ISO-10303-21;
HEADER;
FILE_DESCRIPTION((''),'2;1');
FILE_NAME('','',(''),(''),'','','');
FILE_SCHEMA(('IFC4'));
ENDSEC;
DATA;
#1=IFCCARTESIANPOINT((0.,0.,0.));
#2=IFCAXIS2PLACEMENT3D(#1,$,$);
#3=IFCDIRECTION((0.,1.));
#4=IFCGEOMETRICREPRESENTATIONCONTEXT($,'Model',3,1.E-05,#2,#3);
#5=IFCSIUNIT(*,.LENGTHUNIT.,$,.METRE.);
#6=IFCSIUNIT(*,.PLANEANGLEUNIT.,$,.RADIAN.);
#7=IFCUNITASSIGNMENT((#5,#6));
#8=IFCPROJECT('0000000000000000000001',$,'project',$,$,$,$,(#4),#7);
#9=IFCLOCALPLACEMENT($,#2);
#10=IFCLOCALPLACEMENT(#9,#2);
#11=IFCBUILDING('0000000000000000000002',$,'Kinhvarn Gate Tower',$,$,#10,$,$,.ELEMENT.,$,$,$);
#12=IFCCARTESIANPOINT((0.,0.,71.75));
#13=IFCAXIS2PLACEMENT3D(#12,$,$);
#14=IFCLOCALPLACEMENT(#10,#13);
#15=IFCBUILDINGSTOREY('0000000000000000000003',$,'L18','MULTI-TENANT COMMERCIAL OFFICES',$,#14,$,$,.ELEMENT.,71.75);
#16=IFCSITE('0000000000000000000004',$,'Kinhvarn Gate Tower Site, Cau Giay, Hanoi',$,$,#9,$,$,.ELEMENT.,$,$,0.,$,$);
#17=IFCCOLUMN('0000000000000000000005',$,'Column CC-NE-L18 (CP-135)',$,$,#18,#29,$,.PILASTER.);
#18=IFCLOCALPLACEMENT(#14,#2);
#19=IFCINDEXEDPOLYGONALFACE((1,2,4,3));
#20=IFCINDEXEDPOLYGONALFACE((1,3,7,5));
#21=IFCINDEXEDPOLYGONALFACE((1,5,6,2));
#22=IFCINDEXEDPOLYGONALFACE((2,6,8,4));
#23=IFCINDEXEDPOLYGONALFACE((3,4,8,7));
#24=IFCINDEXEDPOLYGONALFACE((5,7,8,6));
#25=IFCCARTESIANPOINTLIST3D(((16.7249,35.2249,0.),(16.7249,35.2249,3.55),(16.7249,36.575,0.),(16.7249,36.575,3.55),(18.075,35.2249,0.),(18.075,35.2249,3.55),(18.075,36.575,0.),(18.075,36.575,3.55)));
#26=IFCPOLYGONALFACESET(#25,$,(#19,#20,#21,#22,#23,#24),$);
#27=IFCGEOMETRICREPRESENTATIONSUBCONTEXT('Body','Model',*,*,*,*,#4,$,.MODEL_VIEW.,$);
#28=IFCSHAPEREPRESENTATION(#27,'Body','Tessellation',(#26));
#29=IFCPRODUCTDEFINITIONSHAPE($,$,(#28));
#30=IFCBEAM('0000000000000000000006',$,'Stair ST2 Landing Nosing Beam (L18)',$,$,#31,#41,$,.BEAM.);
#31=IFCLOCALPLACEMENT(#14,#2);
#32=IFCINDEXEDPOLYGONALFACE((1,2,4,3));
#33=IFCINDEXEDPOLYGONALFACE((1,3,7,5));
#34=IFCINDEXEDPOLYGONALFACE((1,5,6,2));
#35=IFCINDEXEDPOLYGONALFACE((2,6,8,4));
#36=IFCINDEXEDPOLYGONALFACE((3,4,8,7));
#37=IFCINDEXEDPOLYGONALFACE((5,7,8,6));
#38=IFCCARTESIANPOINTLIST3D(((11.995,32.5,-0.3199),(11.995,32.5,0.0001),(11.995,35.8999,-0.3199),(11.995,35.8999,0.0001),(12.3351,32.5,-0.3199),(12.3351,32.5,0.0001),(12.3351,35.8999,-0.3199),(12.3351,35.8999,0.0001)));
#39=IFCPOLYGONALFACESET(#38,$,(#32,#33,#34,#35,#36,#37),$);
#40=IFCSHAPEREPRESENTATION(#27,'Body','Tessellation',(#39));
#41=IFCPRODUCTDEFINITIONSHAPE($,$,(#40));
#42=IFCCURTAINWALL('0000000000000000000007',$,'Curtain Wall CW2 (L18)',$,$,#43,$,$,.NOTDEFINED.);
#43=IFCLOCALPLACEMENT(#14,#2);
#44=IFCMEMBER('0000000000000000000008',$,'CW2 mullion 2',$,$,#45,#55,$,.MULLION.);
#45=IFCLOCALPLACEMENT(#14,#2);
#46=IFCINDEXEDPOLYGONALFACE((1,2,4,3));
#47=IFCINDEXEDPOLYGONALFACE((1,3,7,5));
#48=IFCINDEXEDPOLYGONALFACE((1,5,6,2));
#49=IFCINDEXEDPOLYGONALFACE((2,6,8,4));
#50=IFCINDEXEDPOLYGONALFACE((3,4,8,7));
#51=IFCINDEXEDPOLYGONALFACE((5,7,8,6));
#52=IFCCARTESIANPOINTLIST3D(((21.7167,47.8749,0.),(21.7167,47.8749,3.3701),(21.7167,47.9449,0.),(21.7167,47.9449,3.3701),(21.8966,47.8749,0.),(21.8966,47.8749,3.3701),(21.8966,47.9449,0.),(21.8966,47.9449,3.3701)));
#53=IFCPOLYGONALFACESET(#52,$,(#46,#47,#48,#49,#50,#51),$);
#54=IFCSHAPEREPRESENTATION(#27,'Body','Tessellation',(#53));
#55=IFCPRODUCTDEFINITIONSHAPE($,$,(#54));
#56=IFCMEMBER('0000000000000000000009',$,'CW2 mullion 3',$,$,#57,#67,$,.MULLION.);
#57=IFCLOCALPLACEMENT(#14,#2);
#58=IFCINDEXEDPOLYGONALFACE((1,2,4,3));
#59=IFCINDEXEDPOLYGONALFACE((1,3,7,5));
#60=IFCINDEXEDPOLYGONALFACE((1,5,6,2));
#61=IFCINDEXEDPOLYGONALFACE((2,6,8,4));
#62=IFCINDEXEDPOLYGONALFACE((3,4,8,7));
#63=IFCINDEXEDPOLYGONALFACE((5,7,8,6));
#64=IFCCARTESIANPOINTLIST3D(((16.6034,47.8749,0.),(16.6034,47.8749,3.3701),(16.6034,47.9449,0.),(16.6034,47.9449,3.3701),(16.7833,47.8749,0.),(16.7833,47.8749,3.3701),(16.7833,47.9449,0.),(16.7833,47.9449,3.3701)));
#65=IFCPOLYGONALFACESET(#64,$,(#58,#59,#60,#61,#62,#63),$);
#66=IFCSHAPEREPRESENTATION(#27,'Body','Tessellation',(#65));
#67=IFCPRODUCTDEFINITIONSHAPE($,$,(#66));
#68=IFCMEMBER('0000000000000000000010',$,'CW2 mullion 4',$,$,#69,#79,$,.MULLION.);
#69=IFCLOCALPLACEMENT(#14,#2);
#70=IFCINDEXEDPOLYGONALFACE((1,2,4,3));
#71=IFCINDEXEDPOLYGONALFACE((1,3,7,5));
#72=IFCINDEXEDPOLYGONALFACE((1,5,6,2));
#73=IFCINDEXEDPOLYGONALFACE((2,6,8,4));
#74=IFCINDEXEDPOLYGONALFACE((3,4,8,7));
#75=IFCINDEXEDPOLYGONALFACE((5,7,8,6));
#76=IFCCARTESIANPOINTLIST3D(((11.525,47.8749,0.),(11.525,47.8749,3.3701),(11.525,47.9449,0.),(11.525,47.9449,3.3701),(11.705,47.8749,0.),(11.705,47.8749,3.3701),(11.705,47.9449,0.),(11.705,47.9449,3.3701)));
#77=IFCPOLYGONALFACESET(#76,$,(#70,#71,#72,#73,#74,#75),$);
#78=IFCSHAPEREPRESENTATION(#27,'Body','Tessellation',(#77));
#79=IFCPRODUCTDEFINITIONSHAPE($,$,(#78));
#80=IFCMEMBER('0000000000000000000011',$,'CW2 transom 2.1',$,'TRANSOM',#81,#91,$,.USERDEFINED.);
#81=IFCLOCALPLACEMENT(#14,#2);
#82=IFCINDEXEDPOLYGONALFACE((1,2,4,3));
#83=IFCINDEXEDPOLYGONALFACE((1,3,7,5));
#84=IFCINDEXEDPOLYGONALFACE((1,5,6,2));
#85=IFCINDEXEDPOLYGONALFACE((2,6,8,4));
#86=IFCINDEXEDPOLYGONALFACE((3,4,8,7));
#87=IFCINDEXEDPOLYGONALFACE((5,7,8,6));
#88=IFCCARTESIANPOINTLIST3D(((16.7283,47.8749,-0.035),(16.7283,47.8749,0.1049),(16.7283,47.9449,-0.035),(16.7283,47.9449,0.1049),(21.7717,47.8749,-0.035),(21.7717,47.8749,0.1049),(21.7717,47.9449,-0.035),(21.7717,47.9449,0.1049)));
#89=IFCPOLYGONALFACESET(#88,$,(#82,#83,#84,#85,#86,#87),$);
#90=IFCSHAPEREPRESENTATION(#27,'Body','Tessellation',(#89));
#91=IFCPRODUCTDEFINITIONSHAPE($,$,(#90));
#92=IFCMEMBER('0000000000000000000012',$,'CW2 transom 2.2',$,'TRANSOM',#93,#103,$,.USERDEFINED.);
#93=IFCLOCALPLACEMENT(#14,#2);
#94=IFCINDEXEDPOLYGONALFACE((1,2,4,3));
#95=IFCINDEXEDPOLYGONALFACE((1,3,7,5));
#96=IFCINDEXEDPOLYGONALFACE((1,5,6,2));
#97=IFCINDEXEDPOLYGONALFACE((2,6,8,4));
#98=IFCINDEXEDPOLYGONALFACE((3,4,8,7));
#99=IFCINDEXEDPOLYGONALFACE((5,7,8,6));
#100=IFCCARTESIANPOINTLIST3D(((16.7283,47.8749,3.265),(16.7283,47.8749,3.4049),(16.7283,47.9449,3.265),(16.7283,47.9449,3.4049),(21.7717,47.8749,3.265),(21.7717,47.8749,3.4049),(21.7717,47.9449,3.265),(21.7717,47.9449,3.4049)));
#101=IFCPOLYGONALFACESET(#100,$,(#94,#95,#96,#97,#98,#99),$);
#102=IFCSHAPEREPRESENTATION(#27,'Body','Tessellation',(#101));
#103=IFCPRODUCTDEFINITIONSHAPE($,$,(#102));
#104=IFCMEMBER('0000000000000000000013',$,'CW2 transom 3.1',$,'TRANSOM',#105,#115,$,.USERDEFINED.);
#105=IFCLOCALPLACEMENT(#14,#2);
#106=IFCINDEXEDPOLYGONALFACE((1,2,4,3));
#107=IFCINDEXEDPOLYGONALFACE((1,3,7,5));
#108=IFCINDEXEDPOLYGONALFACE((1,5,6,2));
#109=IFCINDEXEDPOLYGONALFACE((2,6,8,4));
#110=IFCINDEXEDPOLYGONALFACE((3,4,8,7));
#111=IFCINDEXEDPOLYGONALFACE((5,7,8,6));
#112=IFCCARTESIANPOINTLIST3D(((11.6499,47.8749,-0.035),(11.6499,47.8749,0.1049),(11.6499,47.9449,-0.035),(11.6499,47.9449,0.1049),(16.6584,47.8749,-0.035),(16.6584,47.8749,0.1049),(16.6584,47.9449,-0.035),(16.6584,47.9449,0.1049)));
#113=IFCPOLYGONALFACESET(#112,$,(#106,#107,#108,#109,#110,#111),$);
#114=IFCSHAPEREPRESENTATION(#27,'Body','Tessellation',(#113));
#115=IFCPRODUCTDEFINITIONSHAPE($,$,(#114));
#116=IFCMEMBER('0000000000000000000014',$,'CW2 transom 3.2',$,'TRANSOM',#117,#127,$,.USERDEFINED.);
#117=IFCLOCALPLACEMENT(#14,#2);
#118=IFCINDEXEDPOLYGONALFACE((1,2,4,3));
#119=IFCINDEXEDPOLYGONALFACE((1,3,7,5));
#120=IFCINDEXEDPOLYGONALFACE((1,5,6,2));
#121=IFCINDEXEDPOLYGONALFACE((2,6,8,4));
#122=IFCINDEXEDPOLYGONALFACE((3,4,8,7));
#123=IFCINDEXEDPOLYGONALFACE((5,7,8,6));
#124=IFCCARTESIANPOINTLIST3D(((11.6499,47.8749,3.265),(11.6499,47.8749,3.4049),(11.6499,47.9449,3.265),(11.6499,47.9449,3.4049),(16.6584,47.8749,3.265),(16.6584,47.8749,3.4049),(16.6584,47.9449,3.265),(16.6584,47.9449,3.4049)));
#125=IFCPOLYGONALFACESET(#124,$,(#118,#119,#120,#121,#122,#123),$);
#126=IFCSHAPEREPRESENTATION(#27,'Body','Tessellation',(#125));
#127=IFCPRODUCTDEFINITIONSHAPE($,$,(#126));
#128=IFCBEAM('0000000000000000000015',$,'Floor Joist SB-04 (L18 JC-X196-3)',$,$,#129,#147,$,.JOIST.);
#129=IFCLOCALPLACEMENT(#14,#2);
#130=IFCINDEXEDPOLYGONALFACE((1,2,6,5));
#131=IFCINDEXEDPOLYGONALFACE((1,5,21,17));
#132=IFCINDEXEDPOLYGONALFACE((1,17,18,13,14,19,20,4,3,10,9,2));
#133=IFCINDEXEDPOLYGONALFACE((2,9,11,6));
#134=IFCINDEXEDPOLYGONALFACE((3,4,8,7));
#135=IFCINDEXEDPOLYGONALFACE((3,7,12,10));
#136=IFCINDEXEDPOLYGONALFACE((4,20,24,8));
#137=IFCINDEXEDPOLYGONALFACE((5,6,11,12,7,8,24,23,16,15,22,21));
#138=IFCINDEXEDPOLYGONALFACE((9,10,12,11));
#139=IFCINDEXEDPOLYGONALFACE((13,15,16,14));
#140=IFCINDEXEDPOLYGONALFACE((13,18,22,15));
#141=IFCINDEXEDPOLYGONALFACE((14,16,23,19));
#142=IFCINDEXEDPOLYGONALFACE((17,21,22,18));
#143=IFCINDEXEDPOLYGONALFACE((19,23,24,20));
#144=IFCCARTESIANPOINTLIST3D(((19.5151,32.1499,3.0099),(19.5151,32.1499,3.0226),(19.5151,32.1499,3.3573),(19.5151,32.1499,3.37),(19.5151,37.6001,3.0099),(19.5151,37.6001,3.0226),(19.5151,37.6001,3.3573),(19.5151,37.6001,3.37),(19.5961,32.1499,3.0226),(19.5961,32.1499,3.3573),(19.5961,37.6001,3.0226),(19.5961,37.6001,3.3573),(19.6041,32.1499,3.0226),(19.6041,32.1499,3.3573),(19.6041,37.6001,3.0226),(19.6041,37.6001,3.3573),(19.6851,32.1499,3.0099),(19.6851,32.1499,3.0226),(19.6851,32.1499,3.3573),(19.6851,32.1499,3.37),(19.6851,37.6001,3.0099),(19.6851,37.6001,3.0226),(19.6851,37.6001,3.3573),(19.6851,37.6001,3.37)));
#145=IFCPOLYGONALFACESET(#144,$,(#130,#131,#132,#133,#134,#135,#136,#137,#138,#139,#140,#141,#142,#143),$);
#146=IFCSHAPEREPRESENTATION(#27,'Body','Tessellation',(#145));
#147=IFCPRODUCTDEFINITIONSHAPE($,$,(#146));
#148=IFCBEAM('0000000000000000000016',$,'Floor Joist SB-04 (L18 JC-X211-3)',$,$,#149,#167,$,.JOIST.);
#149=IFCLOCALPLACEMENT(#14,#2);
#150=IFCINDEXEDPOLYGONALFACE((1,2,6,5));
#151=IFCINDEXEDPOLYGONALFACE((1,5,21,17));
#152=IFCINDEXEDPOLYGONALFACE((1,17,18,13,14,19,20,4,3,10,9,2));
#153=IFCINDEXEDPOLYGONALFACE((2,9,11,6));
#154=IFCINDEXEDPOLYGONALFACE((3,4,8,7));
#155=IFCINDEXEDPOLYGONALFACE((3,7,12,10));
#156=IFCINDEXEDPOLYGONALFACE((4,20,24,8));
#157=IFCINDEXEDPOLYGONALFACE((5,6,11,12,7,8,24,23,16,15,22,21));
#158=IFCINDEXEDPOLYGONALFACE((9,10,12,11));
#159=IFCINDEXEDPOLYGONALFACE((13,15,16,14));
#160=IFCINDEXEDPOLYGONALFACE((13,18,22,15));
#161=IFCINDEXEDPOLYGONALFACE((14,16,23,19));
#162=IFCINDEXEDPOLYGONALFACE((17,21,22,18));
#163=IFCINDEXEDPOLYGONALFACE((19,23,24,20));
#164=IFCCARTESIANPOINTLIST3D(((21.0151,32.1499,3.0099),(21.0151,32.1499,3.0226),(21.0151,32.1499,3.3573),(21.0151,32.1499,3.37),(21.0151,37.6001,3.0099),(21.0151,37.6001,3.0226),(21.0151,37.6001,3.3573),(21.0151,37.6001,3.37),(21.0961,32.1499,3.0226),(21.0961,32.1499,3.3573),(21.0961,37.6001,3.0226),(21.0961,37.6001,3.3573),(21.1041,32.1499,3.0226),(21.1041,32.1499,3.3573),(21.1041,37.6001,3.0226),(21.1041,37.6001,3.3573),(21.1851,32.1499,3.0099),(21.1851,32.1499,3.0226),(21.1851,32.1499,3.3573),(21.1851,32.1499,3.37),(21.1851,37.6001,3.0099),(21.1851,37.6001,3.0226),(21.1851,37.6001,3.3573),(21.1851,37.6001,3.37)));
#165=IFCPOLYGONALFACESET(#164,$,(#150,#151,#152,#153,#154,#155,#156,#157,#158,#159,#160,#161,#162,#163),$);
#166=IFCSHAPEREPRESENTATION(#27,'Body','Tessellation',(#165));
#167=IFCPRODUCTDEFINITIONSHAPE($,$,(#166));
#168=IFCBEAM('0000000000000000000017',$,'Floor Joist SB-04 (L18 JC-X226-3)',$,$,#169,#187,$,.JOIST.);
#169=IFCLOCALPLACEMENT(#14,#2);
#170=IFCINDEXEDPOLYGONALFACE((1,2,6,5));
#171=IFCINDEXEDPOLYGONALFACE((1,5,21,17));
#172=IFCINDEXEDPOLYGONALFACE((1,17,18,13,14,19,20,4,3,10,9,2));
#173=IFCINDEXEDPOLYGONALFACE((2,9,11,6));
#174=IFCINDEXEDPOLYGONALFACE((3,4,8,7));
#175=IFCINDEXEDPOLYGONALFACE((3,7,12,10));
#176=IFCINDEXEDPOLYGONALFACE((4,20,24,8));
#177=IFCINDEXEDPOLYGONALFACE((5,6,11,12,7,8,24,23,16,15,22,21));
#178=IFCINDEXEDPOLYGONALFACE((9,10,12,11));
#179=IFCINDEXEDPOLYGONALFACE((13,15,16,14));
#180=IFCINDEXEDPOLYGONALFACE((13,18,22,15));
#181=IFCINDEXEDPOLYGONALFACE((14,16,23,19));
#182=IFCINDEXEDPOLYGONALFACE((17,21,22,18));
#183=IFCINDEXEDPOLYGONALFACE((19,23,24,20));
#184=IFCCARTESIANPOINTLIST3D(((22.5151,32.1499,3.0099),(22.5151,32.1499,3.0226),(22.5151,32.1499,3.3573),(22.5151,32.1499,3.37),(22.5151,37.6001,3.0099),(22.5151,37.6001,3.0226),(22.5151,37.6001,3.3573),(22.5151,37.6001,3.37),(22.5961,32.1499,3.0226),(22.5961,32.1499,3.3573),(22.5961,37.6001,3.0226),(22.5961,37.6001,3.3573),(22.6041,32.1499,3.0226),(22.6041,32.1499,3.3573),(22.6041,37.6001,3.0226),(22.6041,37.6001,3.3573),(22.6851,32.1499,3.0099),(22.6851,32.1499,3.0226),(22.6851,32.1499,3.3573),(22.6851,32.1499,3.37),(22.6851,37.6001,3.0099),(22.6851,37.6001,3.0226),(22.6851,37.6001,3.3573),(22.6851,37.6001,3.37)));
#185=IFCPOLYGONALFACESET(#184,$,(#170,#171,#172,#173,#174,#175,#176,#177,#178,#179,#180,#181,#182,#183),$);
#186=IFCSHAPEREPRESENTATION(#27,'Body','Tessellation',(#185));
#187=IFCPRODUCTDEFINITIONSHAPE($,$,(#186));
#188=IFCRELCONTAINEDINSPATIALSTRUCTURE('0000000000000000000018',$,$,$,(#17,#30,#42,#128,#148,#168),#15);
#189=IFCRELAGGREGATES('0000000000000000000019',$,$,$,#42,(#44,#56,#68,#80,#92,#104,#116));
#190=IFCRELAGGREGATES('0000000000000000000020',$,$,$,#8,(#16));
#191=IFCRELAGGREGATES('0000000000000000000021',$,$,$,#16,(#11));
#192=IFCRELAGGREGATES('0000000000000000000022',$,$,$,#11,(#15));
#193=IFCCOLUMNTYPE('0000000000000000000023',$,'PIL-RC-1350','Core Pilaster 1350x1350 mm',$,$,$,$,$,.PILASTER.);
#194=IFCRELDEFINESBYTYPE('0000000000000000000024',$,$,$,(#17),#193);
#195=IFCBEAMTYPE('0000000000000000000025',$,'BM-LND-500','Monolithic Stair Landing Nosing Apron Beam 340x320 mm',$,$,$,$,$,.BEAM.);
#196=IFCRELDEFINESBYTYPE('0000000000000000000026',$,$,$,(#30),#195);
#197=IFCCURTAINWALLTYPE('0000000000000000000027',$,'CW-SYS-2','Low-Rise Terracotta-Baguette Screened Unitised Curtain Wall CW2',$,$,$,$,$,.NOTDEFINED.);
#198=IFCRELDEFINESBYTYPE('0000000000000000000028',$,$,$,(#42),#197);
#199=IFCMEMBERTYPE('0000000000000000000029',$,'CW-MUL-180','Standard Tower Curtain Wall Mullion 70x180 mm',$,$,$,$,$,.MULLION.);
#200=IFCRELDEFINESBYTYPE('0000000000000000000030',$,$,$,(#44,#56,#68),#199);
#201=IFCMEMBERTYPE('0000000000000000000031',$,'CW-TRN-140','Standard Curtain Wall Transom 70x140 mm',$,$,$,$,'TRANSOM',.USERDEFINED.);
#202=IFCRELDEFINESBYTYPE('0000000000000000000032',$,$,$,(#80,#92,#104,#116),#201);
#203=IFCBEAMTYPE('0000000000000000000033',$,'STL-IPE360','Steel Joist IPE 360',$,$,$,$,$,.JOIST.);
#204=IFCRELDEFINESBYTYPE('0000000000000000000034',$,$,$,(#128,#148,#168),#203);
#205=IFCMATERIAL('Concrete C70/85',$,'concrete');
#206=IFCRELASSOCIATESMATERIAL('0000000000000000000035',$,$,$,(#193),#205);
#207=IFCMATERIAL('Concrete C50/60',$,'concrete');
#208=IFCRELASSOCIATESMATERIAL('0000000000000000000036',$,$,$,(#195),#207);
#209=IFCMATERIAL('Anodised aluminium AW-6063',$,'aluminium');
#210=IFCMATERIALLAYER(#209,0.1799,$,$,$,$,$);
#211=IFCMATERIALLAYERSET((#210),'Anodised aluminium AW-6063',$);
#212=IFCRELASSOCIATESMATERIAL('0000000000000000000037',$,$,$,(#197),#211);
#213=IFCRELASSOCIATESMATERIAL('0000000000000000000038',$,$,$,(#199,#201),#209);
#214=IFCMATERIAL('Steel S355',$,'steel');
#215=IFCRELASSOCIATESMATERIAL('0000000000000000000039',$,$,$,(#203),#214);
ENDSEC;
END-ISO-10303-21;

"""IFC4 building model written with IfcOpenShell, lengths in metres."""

from ifc_helpers import new_model, si_unit, direction, frame, origin, origin_2d, place, context, subcontext, project, spatial, rectangle, i_section, extrude, material, layer, layer_set, material_profile, profile_set, type_object, element, aggregate, save


model = new_model("IFC4")

# Units and contexts
model_context = context("Model", 3, precision=1e-05, world=origin(), true_north=direction((0.0, 1.0)))
body_context = subcontext(model_context, "Body", "Model", "MODEL_VIEW")
ifc_project = project(units=[si_unit("LENGTHUNIT", "METRE"), si_unit("PLANEANGLEUNIT", "RADIAN")], contexts=[model_context])

# Site, building, storey
site_placement = place(None, origin())
site = spatial("IfcSite", under=ifc_project, at=site_placement, Name="Kinhvarn Gate Tower Site, Cau Giay, Hanoi", CompositionType="ELEMENT", RefElevation=0.0)
building_placement = place(site_placement, origin())
building = spatial("IfcBuilding", under=site, at=building_placement, Name="Kinhvarn Gate Tower", CompositionType="ELEMENT")
storey_placement = place(building_placement, frame((0.0, 0.0, 71.75)))
storey = spatial("IfcBuildingStorey", under=building, at=storey_placement, Name="L18", Description="MULTI-TENANT COMMERCIAL OFFICES", CompositionType="ELEMENT", Elevation=71.75)

# Column
ifc_material_1 = material(Name="Concrete C70/85", Category="concrete")
ifc_material_profile_1 = material_profile(ifc_material_1, rectangle(XDim=1.3501, YDim=1.3501, at=origin_2d()), Name="RC 1350x1350")
ifc_profile_set_1 = profile_set([ifc_material_profile_1], Name="Concrete C70/85")
column_type = type_object("IfcColumnType", Name="PIL-RC-1350", Description="Core Pilaster 1350x1350 mm", PredefinedType="PILASTER", material=ifc_profile_set_1)
column_placement = place(storey_placement, frame((17.3999, 35.8999, 0.0), z_axis=(0.0, 0.0, 1.0), x_axis=(1.0, 0.0, 0.0)))
element("IfcColumn", 1, at=column_placement, inside=storey, type_object=column_type, Name="Column CC-NE-L18 (CP-135)", PredefinedType="PILASTER", context=body_context, shape_type="SweptSolid", body=[
    extrude(rectangle(XDim=1.3501, YDim=1.3501, at=origin_2d()), origin(), (0.0, 0.0, 1.0), 3.55),
])

# Beam
ifc_material_2 = material(Name="Concrete C50/60", Category="concrete")
ifc_material_profile_2 = material_profile(ifc_material_2, rectangle(XDim=0.3401, YDim=0.3201, at=origin_2d()), Name="RC 340x320")
ifc_profile_set_2 = profile_set([ifc_material_profile_2], Name="Concrete C50/60")
beam_type_1 = type_object("IfcBeamType", Name="BM-LND-500", Description="Monolithic Stair Landing Nosing Apron Beam 340x320 mm", PredefinedType="BEAM", material=ifc_profile_set_2)
beam_placement = place(storey_placement, frame((12.165, 32.5, -0.1599), z_axis=(0.0, 1.0, 0.0), x_axis=(-1.0, 0.0, 0.0)))
element("IfcBeam", 2, at=beam_placement, inside=storey, type_object=beam_type_1, Name="Stair ST2 Landing Nosing Beam (L18)", PredefinedType="BEAM", context=body_context, shape_type="SweptSolid", body=[
    extrude(rectangle(XDim=0.3401, YDim=0.3201, at=origin_2d()), origin(), (0.0, 0.0, 1.0), 3.3999),
])

# Curtain wall, members
ifc_material_3 = material(Name="Anodised aluminium AW-6063", Category="aluminium")
ifc_layer_1 = layer(ifc_material_3, 0.1799)
ifc_layer_set_1 = layer_set([ifc_layer_1], Name="Anodised aluminium AW-6063")
curtain_wall_type = type_object("IfcCurtainWallType", Name="CW-SYS-2", Description="Low-Rise Terracotta-Baguette Screened Unitised Curtain Wall CW2", PredefinedType="NOTDEFINED", material=ifc_layer_set_1)
curtain_wall_placement = place(storey_placement, origin())
curtain_wall = element("IfcCurtainWall", 3, at=curtain_wall_placement, inside=storey, type_object=curtain_wall_type, Name="Curtain Wall CW2 (L18)", PredefinedType="NOTDEFINED")
ifc_material_profile_3 = material_profile(ifc_material_3, rectangle(XDim=0.0701, YDim=0.1799, at=origin_2d()), Name="ALU 70x180")
ifc_profile_set_3 = profile_set([ifc_material_profile_3], Name="Anodised aluminium AW-6063")
member_type_1 = type_object("IfcMemberType", Name="CW-MUL-180", Description="Standard Tower Curtain Wall Mullion 70x180 mm", PredefinedType="MULLION", material=ifc_profile_set_3)
member_1_placement = place(storey_placement, frame((21.8066, 47.9099, 0.0), z_axis=(0.0, 0.0, 1.0), x_axis=(0.0, -1.0, 0.0)))
member_1 = element("IfcMember", 4, at=member_1_placement, type_object=member_type_1, Name="CW2 mullion 2", PredefinedType="MULLION", context=body_context, shape_type="SweptSolid", body=[
    extrude(rectangle(XDim=0.0701, YDim=0.1799, at=origin_2d()), origin(), (0.0, 0.0, 1.0), 3.3701),
])
member_2_placement = place(storey_placement, frame((16.6934, 47.9099, 0.0), z_axis=(0.0, 0.0, 1.0), x_axis=(0.0, -1.0, 0.0)))
member_2 = element("IfcMember", 5, at=member_2_placement, type_object=member_type_1, Name="CW2 mullion 3", PredefinedType="MULLION", context=body_context, shape_type="SweptSolid", body=[
    extrude(rectangle(XDim=0.0701, YDim=0.1799, at=origin_2d()), origin(), (0.0, 0.0, 1.0), 3.3701),
])
member_3_placement = place(storey_placement, frame((11.615, 47.9099, 0.0), z_axis=(0.0, 0.0, 1.0), x_axis=(0.0, -1.0, 0.0)))
member_3 = element("IfcMember", 6, at=member_3_placement, type_object=member_type_1, Name="CW2 mullion 4", PredefinedType="MULLION", context=body_context, shape_type="SweptSolid", body=[
    extrude(rectangle(XDim=0.0701, YDim=0.1799, at=origin_2d()), origin(), (0.0, 0.0, 1.0), 3.3701),
])
ifc_material_profile_4 = material_profile(ifc_material_3, rectangle(XDim=0.0701, YDim=0.1399, at=origin_2d()), Name="ALU 70x140")
ifc_profile_set_4 = profile_set([ifc_material_profile_4], Name="Anodised aluminium AW-6063")
member_type_2 = type_object("IfcMemberType", Name="CW-TRN-140", Description="Standard Curtain Wall Transom 70x140 mm", ElementType="TRANSOM", PredefinedType="USERDEFINED", material=ifc_profile_set_4)
member_4_placement = place(storey_placement, frame((21.7717, 47.9099, 0.0349), z_axis=(-1.0, 0.0, 0.0), x_axis=(0.0, -1.0, 0.0)))
member_4 = element("IfcMember", 7, at=member_4_placement, type_object=member_type_2, Name="CW2 transom 2.1", ObjectType="TRANSOM", PredefinedType="USERDEFINED", context=body_context, shape_type="SweptSolid", body=[
    extrude(rectangle(XDim=0.0701, YDim=0.1399, at=origin_2d()), origin(), (0.0, 0.0, 1.0), 5.0435),
])
member_5_placement = place(storey_placement, frame((21.7717, 47.9099, 3.335), z_axis=(-1.0, 0.0, 0.0), x_axis=(0.0, -1.0, 0.0)))
member_5 = element("IfcMember", 8, at=member_5_placement, type_object=member_type_2, Name="CW2 transom 2.2", ObjectType="TRANSOM", PredefinedType="USERDEFINED", context=body_context, shape_type="SweptSolid", body=[
    extrude(rectangle(XDim=0.0701, YDim=0.1399, at=origin_2d()), origin(), (0.0, 0.0, 1.0), 5.0435),
])
member_6_placement = place(storey_placement, frame((16.6584, 47.9099, 0.0349), z_axis=(-1.0, 0.0, 0.0), x_axis=(0.0, -1.0, 0.0)))
member_6 = element("IfcMember", 9, at=member_6_placement, type_object=member_type_2, Name="CW2 transom 3.1", ObjectType="TRANSOM", PredefinedType="USERDEFINED", context=body_context, shape_type="SweptSolid", body=[
    extrude(rectangle(XDim=0.0701, YDim=0.1399, at=origin_2d()), origin(), (0.0, 0.0, 1.0), 5.0085),
])
member_7_placement = place(storey_placement, frame((16.6584, 47.9099, 3.335), z_axis=(-1.0, 0.0, 0.0), x_axis=(0.0, -1.0, 0.0)))
member_7 = element("IfcMember", 10, at=member_7_placement, type_object=member_type_2, Name="CW2 transom 3.2", ObjectType="TRANSOM", PredefinedType="USERDEFINED", context=body_context, shape_type="SweptSolid", body=[
    extrude(rectangle(XDim=0.0701, YDim=0.1399, at=origin_2d()), origin(), (0.0, 0.0, 1.0), 5.0085),
])

# Beams
ifc_material_4 = material(Name="Steel S355", Category="steel")
ifc_material_profile_5 = material_profile(ifc_material_4, i_section(OverallWidth=0.1699, OverallDepth=0.3601, WebThickness=0.0081, FlangeThickness=0.0127, at=origin_2d()), Name="IPE 360")
ifc_profile_set_5 = profile_set([ifc_material_profile_5], Name="Steel S355")
beam_type_2 = type_object("IfcBeamType", Name="STL-IPE360", Description="Steel Joist IPE 360", PredefinedType="JOIST", material=ifc_profile_set_5)
for number, where, z_axis, x_axis, name in (
    (11, (19.6001, 32.1499, 3.1899), (0.0, 1.0, 0.0), (-1.0, 0.0, 0.0), "Floor Joist SB-04 (L18 JC-X196-3)"),
    (12, (21.1001, 32.1499, 3.1899), (0.0, 1.0, 0.0), (-1.0, 0.0, 0.0), "Floor Joist SB-04 (L18 JC-X211-3)"),
    (13, (22.6001, 32.1499, 3.1899), (0.0, 1.0, 0.0), (-1.0, 0.0, 0.0), "Floor Joist SB-04 (L18 JC-X226-3)"),
):
    element("IfcBeam", number, at=place(storey_placement, frame(where, z_axis=z_axis, x_axis=x_axis)), inside=storey, type_object=beam_type_2, Name=name, PredefinedType="JOIST", context=body_context, shape_type="SweptSolid", body=[
        extrude(i_section(OverallWidth=0.1699, OverallDepth=0.3601, WebThickness=0.0081, FlangeThickness=0.0127, at=origin_2d()), origin(), (0.0, 0.0, 1.0), 5.4502),
    ])

aggregate(curtain_wall, [member_1, member_2, member_3, member_4, member_5, member_6, member_7])

save(model, "model.ifc")
